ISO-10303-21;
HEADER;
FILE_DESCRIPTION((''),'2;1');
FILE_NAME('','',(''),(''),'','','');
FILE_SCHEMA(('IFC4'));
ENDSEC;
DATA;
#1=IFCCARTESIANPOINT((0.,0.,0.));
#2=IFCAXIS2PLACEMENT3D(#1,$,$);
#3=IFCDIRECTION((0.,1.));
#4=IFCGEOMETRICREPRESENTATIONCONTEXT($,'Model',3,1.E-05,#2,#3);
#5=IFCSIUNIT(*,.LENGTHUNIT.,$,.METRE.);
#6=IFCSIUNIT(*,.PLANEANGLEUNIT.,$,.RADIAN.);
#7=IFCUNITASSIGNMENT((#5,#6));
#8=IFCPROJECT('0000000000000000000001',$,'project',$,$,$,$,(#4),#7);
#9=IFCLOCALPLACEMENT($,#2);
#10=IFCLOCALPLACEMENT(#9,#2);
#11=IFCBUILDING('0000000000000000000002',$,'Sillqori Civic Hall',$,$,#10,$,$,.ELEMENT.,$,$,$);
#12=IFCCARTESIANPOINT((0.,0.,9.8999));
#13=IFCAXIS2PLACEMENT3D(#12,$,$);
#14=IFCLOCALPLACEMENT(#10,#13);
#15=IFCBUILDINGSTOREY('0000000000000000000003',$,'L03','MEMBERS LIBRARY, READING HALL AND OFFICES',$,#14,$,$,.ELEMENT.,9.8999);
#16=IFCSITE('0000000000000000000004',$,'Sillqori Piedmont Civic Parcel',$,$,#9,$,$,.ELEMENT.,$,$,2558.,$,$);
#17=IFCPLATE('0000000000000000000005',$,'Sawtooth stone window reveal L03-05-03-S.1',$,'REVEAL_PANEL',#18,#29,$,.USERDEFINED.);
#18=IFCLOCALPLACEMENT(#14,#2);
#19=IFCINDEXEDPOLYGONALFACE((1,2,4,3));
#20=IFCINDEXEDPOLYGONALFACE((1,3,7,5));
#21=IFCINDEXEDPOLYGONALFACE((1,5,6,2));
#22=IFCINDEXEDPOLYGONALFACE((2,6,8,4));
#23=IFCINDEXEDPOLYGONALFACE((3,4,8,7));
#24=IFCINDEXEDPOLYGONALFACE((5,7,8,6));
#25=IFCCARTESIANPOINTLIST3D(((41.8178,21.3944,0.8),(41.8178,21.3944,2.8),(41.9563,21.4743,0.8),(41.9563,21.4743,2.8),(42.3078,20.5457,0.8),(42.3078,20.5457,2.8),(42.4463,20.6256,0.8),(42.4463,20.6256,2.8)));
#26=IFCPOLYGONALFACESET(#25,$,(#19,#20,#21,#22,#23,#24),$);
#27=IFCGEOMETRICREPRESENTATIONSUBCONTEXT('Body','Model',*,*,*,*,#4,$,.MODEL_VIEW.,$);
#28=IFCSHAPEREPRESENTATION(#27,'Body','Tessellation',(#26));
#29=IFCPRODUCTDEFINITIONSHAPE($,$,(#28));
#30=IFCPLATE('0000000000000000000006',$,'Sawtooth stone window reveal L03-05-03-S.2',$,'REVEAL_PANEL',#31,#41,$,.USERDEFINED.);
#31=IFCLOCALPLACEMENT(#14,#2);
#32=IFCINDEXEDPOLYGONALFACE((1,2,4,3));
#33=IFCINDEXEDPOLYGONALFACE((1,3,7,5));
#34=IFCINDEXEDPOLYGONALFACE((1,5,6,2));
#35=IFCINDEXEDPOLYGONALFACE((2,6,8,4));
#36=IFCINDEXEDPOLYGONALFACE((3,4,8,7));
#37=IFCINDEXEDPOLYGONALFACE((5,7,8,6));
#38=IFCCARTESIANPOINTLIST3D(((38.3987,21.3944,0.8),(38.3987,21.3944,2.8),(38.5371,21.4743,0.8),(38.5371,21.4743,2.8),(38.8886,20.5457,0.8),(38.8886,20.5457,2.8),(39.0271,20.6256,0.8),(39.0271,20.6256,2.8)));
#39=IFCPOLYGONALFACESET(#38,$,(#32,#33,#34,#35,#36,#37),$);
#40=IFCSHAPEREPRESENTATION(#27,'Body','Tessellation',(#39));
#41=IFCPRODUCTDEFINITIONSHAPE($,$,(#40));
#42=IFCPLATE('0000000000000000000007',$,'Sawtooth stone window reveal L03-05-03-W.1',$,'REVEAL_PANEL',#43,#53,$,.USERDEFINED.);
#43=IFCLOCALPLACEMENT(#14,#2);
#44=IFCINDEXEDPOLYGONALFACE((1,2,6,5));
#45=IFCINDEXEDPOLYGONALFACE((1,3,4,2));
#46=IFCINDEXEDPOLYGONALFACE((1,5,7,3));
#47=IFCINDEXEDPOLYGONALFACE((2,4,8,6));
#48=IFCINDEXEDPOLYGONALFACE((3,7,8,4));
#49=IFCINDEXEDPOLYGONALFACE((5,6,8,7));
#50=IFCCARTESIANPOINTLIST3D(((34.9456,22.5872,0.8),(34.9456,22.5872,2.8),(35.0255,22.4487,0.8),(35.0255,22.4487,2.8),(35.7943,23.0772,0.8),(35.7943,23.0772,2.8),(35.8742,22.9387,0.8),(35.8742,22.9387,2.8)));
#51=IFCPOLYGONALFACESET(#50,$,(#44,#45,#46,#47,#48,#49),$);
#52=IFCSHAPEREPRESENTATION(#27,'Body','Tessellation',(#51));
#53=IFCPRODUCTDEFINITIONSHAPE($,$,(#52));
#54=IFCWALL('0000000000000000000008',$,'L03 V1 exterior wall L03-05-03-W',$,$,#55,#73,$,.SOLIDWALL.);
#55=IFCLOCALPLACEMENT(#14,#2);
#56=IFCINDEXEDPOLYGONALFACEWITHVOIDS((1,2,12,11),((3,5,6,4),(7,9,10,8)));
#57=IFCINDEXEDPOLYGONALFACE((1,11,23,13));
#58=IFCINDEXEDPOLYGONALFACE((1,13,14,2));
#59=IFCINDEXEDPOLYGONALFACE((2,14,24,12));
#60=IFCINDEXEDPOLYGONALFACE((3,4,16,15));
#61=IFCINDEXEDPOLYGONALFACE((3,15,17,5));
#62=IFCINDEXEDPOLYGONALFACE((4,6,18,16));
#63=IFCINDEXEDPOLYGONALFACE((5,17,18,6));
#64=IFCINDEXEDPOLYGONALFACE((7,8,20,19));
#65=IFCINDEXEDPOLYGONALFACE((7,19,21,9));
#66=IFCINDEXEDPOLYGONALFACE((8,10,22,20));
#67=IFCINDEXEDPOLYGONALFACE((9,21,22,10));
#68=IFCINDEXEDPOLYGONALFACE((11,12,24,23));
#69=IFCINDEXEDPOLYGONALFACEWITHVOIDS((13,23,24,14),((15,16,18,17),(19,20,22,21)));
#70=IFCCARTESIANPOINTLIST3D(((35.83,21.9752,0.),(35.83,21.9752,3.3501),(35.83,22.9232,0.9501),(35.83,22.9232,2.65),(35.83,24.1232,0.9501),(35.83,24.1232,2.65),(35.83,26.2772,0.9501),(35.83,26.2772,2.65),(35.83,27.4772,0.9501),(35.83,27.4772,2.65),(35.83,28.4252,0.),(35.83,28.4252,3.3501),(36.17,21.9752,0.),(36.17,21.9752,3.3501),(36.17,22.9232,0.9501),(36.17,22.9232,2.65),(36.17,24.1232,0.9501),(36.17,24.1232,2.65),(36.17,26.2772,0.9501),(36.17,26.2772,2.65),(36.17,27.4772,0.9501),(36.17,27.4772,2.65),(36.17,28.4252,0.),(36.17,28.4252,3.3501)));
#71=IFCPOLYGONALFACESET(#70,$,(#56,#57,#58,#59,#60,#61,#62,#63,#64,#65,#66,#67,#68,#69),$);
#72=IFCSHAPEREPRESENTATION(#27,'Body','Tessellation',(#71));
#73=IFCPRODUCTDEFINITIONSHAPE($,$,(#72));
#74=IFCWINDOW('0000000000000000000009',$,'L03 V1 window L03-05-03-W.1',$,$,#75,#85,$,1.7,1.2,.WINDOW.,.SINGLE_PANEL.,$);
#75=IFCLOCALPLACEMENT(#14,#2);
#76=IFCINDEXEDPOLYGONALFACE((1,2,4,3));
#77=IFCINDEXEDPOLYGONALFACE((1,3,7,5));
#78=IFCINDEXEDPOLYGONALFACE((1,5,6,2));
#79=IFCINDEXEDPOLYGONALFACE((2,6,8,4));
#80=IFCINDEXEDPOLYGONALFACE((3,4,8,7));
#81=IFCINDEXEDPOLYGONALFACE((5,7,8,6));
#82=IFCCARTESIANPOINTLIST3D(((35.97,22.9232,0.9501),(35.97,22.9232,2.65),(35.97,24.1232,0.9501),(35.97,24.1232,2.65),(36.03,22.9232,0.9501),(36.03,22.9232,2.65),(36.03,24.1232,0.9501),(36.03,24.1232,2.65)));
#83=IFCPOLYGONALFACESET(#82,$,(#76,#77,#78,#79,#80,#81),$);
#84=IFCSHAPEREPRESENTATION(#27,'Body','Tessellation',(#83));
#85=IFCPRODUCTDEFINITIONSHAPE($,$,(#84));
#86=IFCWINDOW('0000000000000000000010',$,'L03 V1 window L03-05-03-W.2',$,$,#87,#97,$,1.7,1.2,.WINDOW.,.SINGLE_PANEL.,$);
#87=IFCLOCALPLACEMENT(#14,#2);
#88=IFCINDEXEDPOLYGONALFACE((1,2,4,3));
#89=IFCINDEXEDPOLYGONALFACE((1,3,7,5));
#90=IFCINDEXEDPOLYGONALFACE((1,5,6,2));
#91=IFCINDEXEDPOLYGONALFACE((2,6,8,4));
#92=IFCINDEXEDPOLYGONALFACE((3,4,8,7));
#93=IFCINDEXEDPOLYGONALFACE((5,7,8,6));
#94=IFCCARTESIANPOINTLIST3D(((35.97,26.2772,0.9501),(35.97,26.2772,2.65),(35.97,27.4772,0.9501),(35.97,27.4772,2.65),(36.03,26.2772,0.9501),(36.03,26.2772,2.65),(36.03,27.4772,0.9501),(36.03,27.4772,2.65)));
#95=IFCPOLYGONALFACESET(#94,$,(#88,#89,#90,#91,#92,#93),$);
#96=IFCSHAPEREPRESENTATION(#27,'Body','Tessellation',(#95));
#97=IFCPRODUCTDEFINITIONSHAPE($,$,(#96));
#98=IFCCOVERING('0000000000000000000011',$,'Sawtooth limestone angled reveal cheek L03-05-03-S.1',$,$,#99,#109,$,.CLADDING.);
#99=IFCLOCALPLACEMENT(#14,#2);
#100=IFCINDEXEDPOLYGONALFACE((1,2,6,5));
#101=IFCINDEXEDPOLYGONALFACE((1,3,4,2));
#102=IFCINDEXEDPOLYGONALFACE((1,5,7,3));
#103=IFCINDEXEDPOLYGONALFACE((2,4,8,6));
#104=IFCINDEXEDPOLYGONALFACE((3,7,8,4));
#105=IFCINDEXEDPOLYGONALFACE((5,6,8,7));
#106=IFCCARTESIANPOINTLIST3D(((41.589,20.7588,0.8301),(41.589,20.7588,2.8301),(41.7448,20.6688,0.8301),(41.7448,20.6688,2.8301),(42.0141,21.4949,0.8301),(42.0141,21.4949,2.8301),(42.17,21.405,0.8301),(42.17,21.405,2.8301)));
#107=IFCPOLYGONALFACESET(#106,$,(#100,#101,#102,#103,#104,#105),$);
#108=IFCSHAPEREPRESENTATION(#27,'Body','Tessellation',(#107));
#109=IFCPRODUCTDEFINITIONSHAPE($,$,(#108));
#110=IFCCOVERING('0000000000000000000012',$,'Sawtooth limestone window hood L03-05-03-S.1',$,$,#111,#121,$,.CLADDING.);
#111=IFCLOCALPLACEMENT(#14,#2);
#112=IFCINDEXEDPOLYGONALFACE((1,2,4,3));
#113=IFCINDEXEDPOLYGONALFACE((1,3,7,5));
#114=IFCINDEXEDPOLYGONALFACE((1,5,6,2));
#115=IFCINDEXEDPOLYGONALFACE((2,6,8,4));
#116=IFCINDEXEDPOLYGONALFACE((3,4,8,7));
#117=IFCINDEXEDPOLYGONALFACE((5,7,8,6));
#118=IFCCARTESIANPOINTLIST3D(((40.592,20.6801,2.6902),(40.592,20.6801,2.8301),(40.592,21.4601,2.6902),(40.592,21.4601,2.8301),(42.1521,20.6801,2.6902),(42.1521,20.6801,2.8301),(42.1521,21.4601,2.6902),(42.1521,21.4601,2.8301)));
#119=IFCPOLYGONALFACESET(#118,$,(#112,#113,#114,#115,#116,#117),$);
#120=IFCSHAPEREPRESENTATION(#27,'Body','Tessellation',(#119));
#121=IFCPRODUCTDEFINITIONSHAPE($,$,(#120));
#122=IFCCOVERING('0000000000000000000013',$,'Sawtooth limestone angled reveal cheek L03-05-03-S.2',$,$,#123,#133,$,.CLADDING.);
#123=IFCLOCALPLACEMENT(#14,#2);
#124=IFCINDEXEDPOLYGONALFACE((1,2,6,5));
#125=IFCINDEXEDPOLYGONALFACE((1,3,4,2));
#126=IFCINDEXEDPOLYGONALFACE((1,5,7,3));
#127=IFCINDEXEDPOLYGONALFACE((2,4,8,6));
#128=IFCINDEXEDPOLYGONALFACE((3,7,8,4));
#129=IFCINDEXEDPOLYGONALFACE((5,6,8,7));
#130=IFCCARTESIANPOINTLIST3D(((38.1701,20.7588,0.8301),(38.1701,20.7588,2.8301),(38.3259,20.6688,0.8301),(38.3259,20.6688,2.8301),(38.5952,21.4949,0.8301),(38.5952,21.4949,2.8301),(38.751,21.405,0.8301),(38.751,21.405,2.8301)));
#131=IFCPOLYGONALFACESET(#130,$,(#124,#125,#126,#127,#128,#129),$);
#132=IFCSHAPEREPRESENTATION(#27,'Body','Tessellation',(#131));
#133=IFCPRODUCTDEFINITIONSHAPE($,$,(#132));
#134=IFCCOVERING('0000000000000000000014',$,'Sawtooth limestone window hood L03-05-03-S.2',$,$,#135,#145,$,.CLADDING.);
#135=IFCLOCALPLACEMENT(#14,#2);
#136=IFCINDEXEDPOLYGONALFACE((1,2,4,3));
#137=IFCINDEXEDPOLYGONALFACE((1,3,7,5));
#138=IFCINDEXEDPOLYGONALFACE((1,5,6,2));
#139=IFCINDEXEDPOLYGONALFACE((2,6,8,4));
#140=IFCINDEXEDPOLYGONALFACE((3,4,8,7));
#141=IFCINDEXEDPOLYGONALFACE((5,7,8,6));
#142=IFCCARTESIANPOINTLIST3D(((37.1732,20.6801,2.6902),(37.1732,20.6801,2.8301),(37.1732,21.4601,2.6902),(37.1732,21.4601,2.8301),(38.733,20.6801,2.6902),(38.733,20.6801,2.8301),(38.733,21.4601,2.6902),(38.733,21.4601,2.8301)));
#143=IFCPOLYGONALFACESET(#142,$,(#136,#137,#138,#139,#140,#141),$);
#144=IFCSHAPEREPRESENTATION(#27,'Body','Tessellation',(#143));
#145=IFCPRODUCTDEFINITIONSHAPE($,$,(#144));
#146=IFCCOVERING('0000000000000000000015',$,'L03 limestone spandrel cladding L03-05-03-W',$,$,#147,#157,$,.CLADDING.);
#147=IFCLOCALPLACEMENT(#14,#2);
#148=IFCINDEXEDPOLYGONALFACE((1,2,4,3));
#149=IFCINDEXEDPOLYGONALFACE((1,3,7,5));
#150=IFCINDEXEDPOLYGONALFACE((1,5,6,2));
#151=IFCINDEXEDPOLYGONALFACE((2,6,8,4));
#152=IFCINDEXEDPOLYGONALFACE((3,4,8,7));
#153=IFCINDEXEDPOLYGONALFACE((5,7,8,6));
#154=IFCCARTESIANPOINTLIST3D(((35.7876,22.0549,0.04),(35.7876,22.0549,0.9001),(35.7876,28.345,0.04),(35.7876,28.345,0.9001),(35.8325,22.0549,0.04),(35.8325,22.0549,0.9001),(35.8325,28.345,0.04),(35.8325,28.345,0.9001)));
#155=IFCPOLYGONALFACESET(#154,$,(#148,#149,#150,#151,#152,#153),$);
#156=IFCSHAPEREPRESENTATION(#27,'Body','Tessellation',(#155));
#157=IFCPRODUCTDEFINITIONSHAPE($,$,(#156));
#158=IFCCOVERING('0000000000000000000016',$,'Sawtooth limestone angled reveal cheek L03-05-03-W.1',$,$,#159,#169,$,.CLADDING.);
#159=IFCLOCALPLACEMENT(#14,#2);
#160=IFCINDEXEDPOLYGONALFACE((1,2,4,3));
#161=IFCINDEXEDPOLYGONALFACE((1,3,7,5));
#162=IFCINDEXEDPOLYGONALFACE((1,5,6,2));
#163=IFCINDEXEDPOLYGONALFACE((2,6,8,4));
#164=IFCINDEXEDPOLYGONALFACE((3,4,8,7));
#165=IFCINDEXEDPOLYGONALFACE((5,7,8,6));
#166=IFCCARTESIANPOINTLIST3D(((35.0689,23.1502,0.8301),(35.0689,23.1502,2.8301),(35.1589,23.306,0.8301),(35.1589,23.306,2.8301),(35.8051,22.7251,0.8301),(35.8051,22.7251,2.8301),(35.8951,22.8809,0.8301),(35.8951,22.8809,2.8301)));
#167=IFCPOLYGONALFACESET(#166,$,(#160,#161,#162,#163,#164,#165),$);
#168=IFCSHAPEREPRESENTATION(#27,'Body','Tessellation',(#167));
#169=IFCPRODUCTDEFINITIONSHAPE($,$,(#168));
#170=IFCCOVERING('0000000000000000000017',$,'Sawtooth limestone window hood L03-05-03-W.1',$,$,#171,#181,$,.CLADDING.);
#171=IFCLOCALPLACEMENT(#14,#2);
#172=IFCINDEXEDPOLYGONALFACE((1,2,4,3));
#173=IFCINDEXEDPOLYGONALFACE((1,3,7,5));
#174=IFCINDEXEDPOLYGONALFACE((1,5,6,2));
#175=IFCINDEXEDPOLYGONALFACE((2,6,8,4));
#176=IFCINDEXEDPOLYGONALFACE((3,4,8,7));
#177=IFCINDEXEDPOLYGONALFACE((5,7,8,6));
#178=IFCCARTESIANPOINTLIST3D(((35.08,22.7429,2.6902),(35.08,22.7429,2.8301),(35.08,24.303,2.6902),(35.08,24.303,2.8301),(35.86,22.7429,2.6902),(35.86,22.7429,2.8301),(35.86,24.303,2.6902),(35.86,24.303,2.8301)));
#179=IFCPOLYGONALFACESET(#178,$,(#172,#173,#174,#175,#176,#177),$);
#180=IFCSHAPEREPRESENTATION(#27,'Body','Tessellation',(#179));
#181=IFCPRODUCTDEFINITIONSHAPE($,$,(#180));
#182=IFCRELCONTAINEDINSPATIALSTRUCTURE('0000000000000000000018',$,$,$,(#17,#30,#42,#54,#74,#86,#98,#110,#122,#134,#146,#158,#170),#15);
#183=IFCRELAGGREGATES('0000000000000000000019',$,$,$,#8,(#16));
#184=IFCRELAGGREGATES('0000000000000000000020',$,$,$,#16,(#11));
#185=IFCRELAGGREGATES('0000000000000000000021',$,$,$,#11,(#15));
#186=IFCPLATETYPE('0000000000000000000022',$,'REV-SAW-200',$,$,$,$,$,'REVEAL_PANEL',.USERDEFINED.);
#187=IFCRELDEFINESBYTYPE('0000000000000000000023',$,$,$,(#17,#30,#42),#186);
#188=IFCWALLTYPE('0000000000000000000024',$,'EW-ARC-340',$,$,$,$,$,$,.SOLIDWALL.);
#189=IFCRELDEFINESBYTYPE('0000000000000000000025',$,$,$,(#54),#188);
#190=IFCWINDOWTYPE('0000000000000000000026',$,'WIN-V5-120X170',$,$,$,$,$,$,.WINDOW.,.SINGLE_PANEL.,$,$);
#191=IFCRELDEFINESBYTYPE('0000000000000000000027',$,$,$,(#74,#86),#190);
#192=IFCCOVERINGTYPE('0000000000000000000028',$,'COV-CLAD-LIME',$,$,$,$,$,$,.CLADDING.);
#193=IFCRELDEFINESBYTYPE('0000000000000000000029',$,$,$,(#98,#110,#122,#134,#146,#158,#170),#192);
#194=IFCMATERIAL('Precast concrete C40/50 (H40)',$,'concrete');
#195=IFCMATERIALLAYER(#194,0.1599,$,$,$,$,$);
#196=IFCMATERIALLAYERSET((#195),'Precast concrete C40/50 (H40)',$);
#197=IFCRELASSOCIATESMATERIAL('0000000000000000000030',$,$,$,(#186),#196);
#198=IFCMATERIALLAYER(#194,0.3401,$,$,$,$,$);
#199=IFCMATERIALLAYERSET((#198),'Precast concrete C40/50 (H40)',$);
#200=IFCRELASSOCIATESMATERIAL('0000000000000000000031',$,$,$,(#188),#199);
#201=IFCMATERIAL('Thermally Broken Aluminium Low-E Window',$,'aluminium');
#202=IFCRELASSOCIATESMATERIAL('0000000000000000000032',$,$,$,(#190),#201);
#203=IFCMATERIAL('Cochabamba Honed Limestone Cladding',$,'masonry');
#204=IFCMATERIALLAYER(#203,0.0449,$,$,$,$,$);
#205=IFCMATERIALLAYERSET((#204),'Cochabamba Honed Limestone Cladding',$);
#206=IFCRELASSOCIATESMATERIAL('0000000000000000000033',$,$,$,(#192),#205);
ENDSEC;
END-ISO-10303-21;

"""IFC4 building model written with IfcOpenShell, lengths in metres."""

from ifc_helpers import new_model, si_unit, direction, frame, frame_2d, origin, origin_2d, place, context, subcontext, project, spatial, rectangle, extrude, material, layer, layer_set, type_object, element, fill, save


model = new_model("IFC4")

# Units and contexts
model_context = context("Model", 3, precision=1e-05, world=origin(), true_north=direction((0.0, 1.0)))
body_context = subcontext(model_context, "Body", "Model", "MODEL_VIEW")
ifc_project = project(units=[si_unit("LENGTHUNIT", "METRE"), si_unit("PLANEANGLEUNIT", "RADIAN")], contexts=[model_context])

# Site, building, storey
site_placement = place(None, origin())
site = spatial("IfcSite", under=ifc_project, at=site_placement, Name="Sillqori Piedmont Civic Parcel", CompositionType="ELEMENT", RefElevation=2558.0)
building_placement = place(site_placement, origin())
building = spatial("IfcBuilding", under=site, at=building_placement, Name="Sillqori Civic Hall", CompositionType="ELEMENT")
storey_placement = place(building_placement, frame((0.0, 0.0, 9.8999)))
storey = spatial("IfcBuildingStorey", under=building, at=storey_placement, Name="L03", Description="MEMBERS LIBRARY, READING HALL AND OFFICES", CompositionType="ELEMENT", Elevation=9.8999)

# Plates
ifc_material_1 = material(Name="Precast concrete C40/50 (H40)", Category="concrete")
ifc_layer_1 = layer(ifc_material_1, 0.1599)
ifc_layer_set_1 = layer_set([ifc_layer_1], Name="Precast concrete C40/50 (H40)")
plate_type_1 = type_object("IfcPlateType", Name="REV-SAW-200", ElementType="REVEAL_PANEL", PredefinedType="USERDEFINED", material=ifc_layer_set_1)
for number, where, z_axis, x_axis, name in (
    (1, (42.1321, 21.01, 0.8), (0.0, 0.0, 1.0), (-0.866025, -0.5, 0.0), "Sawtooth stone window reveal L03-05-03-S.1"),
    (2, (38.7129, 21.01, 0.8), (0.0, 0.0, 1.0), (-0.866025, -0.5, 0.0), "Sawtooth stone window reveal L03-05-03-S.2"),
    (3, (35.4099, 22.7629, 0.8), (0.0, 0.0, 1.0), (-0.5, 0.866025, 0.0), "Sawtooth stone window reveal L03-05-03-W.1"),
):
    element("IfcPlate", number, at=place(storey_placement, frame(where, z_axis=z_axis, x_axis=x_axis)), inside=storey, type_object=plate_type_1, Name=name, ObjectType="REVEAL_PANEL", PredefinedType="USERDEFINED", context=body_context, shape_type="SweptSolid", body=[
        extrude(rectangle(XDim=0.1599, YDim=0.98, at=origin_2d()), origin(), (0.0, 0.0, 1.0), 2.0),
    ])

# Wall, openings, windows
ifc_layer_2 = layer(ifc_material_1, 0.3401)
ifc_layer_set_2 = layer_set([ifc_layer_2], Name="Precast concrete C40/50 (H40)")
wall_type = type_object("IfcWallType", Name="EW-ARC-340", PredefinedType="SOLIDWALL", material=ifc_layer_set_2)
wall_placement = place(storey_placement, frame((36.0, 21.9751, 0.0), z_axis=(0.0, 0.0, 1.0), x_axis=(0.0, 1.0, 0.0)))
wall = element("IfcWall", 4, at=wall_placement, inside=storey, type_object=wall_type, Name="L03 V1 exterior wall L03-05-03-W", PredefinedType="SOLIDWALL", context=body_context, shape_type="SweptSolid", body=[
    extrude(rectangle(XDim=6.45, YDim=0.3401, at=frame_2d((3.2251, 0.0))), origin(), (0.0, 0.0, 1.0), 3.3501),
])
opening_1_placement = place(wall_placement, frame((0.948, 0.0, 0.95)))
opening_1 = element("IfcOpeningElement", 5, at=opening_1_placement, cuts=wall, PredefinedType="OPENING", context=body_context, shape_type="SweptSolid", body=[
    extrude(rectangle(XDim=1.2, YDim=1.7, at=frame_2d((0.6001, 0.8501))), frame((0.0, 0.1799, 0.0), z_axis=(0.0, -1.0, 0.0), x_axis=(1.0, 0.0, 0.0)), (0.0, 0.0, 1.0), 0.3601),
])
opening_2_placement = place(wall_placement, frame((4.302, 0.0, 0.95)))
opening_2 = element("IfcOpeningElement", 6, at=opening_2_placement, cuts=wall, PredefinedType="OPENING", context=body_context, shape_type="SweptSolid", body=[
    extrude(rectangle(XDim=1.2, YDim=1.7, at=frame_2d((0.6001, 0.8501))), frame((0.0, 0.1799, 0.0), z_axis=(0.0, -1.0, 0.0), x_axis=(1.0, 0.0, 0.0)), (0.0, 0.0, 1.0), 0.3601),
])
ifc_material_2 = material(Name="Thermally Broken Aluminium Low-E Window", Category="aluminium")
window_type = type_object("IfcWindowType", Name="WIN-V5-120X170", PartitioningType="SINGLE_PANEL", PredefinedType="WINDOW", material=ifc_material_2)
window_1_placement = place(opening_1_placement, origin())
window_1 = element("IfcWindow", 7, at=window_1_placement, inside=storey, type_object=window_type, Name="L03 V1 window L03-05-03-W.1", OverallHeight=1.7, OverallWidth=1.2, PartitioningType="SINGLE_PANEL", PredefinedType="WINDOW", context=body_context, shape_type="SweptSolid", body=[
    extrude(rectangle(XDim=1.2, YDim=1.7, at=frame_2d((0.6001, 0.8501))), frame((0.0, 0.03, 0.0), z_axis=(0.0, -1.0, 0.0), x_axis=(1.0, 0.0, 0.0)), (0.0, 0.0, 1.0), 0.0601),
])
fill(opening_1, window_1)
window_2_placement = place(opening_2_placement, origin())
window_2 = element("IfcWindow", 8, at=window_2_placement, inside=storey, type_object=window_type, Name="L03 V1 window L03-05-03-W.2", OverallHeight=1.7, OverallWidth=1.2, PartitioningType="SINGLE_PANEL", PredefinedType="WINDOW", context=body_context, shape_type="SweptSolid", body=[
    extrude(rectangle(XDim=1.2, YDim=1.7, at=frame_2d((0.6001, 0.8501))), frame((0.0, 0.03, 0.0), z_axis=(0.0, -1.0, 0.0), x_axis=(1.0, 0.0, 0.0)), (0.0, 0.0, 1.0), 0.0601),
])
fill(opening_2, window_2)

# Coverings
ifc_material_3 = material(Name="Cochabamba Honed Limestone Cladding", Category="masonry")
ifc_layer_3 = layer(ifc_material_3, 0.0449)
ifc_layer_set_3 = layer_set([ifc_layer_3], Name="Cochabamba Honed Limestone Cladding")
covering_type = type_object("IfcCoveringType", Name="COV-CLAD-LIME", PredefinedType="CLADDING", material=ifc_layer_set_3)
covering_1_placement = place(storey_placement, frame((42.092, 21.45, 0.8301), z_axis=(0.0, 0.0, 1.0), x_axis=(-0.500062, -0.865989, 0.0)))
element("IfcCovering", 9, at=covering_1_placement, inside=storey, type_object=covering_type, Name="Sawtooth limestone angled reveal cheek L03-05-03-S.1", PredefinedType="CLADDING", context=body_context, shape_type="SweptSolid", body=[
    extrude(rectangle(XDim=0.8501, YDim=0.1799, at=frame_2d((0.425, 0.0))), origin(), (0.0, 0.0, 1.0), 2.0),
])
covering_2_placement = place(storey_placement, frame((42.1521, 21.0701, 2.6902), z_axis=(0.0, 0.0, 1.0), x_axis=(-1.0, 0.0, 0.0)))
element("IfcCovering", 10, at=covering_2_placement, inside=storey, type_object=covering_type, Name="Sawtooth limestone window hood L03-05-03-S.1", PredefinedType="CLADDING", context=body_context, shape_type="SweptSolid", body=[
    extrude(rectangle(XDim=1.5601, YDim=0.78, at=frame_2d((0.78, 0.0))), origin(), (0.0, 0.0, 1.0), 0.1399),
])
covering_3_placement = place(storey_placement, frame((38.6731, 21.45, 0.8301), z_axis=(0.0, 0.0, 1.0), x_axis=(-0.500062, -0.865989, 0.0)))
element("IfcCovering", 11, at=covering_3_placement, inside=storey, type_object=covering_type, Name="Sawtooth limestone angled reveal cheek L03-05-03-S.2", PredefinedType="CLADDING", context=body_context, shape_type="SweptSolid", body=[
    extrude(rectangle(XDim=0.8501, YDim=0.1799, at=frame_2d((0.425, 0.0))), origin(), (0.0, 0.0, 1.0), 2.0),
])
covering_4_placement = place(storey_placement, frame((38.7329, 21.0701, 2.6902), z_axis=(0.0, 0.0, 1.0), x_axis=(-1.0, 0.0, 0.0)))
element("IfcCovering", 12, at=covering_4_placement, inside=storey, type_object=covering_type, Name="Sawtooth limestone window hood L03-05-03-S.2", PredefinedType="CLADDING", context=body_context, shape_type="SweptSolid", body=[
    extrude(rectangle(XDim=1.5598, YDim=0.78, at=frame_2d((0.7798, 0.0))), origin(), (0.0, 0.0, 1.0), 0.1399),
])
covering_5_placement = place(storey_placement, frame((35.8101, 22.0549, 0.04), z_axis=(0.0, 0.0, 1.0), x_axis=(0.0, 1.0, 0.0)))
element("IfcCovering", 13, at=covering_5_placement, inside=storey, type_object=covering_type, Name="L03 limestone spandrel cladding L03-05-03-W", PredefinedType="CLADDING", context=body_context, shape_type="SweptSolid", body=[
    extrude(rectangle(XDim=6.29, YDim=0.0449, at=frame_2d((3.145, 0.0))), origin(), (0.0, 0.0, 1.0), 0.8601),
])
covering_6_placement = place(storey_placement, frame((35.8501, 22.803, 0.8301), z_axis=(0.0, 0.0, 1.0), x_axis=(-0.865989, 0.500062, 0.0)))
element("IfcCovering", 14, at=covering_6_placement, inside=storey, type_object=covering_type, Name="Sawtooth limestone angled reveal cheek L03-05-03-W.1", PredefinedType="CLADDING", context=body_context, shape_type="SweptSolid", body=[
    extrude(rectangle(XDim=0.8501, YDim=0.1799, at=frame_2d((0.425, 0.0))), origin(), (0.0, 0.0, 1.0), 2.0),
])
covering_7_placement = place(storey_placement, frame((35.47, 22.7429, 2.6902), z_axis=(0.0, 0.0, 1.0), x_axis=(0.0, 1.0, 0.0)))
element("IfcCovering", 15, at=covering_7_placement, inside=storey, type_object=covering_type, Name="Sawtooth limestone window hood L03-05-03-W.1", PredefinedType="CLADDING", context=body_context, shape_type="SweptSolid", body=[
    extrude(rectangle(XDim=1.5601, YDim=0.78, at=frame_2d((0.78, 0.0))), origin(), (0.0, 0.0, 1.0), 0.1399),
])

save(model, "model.ifc")
